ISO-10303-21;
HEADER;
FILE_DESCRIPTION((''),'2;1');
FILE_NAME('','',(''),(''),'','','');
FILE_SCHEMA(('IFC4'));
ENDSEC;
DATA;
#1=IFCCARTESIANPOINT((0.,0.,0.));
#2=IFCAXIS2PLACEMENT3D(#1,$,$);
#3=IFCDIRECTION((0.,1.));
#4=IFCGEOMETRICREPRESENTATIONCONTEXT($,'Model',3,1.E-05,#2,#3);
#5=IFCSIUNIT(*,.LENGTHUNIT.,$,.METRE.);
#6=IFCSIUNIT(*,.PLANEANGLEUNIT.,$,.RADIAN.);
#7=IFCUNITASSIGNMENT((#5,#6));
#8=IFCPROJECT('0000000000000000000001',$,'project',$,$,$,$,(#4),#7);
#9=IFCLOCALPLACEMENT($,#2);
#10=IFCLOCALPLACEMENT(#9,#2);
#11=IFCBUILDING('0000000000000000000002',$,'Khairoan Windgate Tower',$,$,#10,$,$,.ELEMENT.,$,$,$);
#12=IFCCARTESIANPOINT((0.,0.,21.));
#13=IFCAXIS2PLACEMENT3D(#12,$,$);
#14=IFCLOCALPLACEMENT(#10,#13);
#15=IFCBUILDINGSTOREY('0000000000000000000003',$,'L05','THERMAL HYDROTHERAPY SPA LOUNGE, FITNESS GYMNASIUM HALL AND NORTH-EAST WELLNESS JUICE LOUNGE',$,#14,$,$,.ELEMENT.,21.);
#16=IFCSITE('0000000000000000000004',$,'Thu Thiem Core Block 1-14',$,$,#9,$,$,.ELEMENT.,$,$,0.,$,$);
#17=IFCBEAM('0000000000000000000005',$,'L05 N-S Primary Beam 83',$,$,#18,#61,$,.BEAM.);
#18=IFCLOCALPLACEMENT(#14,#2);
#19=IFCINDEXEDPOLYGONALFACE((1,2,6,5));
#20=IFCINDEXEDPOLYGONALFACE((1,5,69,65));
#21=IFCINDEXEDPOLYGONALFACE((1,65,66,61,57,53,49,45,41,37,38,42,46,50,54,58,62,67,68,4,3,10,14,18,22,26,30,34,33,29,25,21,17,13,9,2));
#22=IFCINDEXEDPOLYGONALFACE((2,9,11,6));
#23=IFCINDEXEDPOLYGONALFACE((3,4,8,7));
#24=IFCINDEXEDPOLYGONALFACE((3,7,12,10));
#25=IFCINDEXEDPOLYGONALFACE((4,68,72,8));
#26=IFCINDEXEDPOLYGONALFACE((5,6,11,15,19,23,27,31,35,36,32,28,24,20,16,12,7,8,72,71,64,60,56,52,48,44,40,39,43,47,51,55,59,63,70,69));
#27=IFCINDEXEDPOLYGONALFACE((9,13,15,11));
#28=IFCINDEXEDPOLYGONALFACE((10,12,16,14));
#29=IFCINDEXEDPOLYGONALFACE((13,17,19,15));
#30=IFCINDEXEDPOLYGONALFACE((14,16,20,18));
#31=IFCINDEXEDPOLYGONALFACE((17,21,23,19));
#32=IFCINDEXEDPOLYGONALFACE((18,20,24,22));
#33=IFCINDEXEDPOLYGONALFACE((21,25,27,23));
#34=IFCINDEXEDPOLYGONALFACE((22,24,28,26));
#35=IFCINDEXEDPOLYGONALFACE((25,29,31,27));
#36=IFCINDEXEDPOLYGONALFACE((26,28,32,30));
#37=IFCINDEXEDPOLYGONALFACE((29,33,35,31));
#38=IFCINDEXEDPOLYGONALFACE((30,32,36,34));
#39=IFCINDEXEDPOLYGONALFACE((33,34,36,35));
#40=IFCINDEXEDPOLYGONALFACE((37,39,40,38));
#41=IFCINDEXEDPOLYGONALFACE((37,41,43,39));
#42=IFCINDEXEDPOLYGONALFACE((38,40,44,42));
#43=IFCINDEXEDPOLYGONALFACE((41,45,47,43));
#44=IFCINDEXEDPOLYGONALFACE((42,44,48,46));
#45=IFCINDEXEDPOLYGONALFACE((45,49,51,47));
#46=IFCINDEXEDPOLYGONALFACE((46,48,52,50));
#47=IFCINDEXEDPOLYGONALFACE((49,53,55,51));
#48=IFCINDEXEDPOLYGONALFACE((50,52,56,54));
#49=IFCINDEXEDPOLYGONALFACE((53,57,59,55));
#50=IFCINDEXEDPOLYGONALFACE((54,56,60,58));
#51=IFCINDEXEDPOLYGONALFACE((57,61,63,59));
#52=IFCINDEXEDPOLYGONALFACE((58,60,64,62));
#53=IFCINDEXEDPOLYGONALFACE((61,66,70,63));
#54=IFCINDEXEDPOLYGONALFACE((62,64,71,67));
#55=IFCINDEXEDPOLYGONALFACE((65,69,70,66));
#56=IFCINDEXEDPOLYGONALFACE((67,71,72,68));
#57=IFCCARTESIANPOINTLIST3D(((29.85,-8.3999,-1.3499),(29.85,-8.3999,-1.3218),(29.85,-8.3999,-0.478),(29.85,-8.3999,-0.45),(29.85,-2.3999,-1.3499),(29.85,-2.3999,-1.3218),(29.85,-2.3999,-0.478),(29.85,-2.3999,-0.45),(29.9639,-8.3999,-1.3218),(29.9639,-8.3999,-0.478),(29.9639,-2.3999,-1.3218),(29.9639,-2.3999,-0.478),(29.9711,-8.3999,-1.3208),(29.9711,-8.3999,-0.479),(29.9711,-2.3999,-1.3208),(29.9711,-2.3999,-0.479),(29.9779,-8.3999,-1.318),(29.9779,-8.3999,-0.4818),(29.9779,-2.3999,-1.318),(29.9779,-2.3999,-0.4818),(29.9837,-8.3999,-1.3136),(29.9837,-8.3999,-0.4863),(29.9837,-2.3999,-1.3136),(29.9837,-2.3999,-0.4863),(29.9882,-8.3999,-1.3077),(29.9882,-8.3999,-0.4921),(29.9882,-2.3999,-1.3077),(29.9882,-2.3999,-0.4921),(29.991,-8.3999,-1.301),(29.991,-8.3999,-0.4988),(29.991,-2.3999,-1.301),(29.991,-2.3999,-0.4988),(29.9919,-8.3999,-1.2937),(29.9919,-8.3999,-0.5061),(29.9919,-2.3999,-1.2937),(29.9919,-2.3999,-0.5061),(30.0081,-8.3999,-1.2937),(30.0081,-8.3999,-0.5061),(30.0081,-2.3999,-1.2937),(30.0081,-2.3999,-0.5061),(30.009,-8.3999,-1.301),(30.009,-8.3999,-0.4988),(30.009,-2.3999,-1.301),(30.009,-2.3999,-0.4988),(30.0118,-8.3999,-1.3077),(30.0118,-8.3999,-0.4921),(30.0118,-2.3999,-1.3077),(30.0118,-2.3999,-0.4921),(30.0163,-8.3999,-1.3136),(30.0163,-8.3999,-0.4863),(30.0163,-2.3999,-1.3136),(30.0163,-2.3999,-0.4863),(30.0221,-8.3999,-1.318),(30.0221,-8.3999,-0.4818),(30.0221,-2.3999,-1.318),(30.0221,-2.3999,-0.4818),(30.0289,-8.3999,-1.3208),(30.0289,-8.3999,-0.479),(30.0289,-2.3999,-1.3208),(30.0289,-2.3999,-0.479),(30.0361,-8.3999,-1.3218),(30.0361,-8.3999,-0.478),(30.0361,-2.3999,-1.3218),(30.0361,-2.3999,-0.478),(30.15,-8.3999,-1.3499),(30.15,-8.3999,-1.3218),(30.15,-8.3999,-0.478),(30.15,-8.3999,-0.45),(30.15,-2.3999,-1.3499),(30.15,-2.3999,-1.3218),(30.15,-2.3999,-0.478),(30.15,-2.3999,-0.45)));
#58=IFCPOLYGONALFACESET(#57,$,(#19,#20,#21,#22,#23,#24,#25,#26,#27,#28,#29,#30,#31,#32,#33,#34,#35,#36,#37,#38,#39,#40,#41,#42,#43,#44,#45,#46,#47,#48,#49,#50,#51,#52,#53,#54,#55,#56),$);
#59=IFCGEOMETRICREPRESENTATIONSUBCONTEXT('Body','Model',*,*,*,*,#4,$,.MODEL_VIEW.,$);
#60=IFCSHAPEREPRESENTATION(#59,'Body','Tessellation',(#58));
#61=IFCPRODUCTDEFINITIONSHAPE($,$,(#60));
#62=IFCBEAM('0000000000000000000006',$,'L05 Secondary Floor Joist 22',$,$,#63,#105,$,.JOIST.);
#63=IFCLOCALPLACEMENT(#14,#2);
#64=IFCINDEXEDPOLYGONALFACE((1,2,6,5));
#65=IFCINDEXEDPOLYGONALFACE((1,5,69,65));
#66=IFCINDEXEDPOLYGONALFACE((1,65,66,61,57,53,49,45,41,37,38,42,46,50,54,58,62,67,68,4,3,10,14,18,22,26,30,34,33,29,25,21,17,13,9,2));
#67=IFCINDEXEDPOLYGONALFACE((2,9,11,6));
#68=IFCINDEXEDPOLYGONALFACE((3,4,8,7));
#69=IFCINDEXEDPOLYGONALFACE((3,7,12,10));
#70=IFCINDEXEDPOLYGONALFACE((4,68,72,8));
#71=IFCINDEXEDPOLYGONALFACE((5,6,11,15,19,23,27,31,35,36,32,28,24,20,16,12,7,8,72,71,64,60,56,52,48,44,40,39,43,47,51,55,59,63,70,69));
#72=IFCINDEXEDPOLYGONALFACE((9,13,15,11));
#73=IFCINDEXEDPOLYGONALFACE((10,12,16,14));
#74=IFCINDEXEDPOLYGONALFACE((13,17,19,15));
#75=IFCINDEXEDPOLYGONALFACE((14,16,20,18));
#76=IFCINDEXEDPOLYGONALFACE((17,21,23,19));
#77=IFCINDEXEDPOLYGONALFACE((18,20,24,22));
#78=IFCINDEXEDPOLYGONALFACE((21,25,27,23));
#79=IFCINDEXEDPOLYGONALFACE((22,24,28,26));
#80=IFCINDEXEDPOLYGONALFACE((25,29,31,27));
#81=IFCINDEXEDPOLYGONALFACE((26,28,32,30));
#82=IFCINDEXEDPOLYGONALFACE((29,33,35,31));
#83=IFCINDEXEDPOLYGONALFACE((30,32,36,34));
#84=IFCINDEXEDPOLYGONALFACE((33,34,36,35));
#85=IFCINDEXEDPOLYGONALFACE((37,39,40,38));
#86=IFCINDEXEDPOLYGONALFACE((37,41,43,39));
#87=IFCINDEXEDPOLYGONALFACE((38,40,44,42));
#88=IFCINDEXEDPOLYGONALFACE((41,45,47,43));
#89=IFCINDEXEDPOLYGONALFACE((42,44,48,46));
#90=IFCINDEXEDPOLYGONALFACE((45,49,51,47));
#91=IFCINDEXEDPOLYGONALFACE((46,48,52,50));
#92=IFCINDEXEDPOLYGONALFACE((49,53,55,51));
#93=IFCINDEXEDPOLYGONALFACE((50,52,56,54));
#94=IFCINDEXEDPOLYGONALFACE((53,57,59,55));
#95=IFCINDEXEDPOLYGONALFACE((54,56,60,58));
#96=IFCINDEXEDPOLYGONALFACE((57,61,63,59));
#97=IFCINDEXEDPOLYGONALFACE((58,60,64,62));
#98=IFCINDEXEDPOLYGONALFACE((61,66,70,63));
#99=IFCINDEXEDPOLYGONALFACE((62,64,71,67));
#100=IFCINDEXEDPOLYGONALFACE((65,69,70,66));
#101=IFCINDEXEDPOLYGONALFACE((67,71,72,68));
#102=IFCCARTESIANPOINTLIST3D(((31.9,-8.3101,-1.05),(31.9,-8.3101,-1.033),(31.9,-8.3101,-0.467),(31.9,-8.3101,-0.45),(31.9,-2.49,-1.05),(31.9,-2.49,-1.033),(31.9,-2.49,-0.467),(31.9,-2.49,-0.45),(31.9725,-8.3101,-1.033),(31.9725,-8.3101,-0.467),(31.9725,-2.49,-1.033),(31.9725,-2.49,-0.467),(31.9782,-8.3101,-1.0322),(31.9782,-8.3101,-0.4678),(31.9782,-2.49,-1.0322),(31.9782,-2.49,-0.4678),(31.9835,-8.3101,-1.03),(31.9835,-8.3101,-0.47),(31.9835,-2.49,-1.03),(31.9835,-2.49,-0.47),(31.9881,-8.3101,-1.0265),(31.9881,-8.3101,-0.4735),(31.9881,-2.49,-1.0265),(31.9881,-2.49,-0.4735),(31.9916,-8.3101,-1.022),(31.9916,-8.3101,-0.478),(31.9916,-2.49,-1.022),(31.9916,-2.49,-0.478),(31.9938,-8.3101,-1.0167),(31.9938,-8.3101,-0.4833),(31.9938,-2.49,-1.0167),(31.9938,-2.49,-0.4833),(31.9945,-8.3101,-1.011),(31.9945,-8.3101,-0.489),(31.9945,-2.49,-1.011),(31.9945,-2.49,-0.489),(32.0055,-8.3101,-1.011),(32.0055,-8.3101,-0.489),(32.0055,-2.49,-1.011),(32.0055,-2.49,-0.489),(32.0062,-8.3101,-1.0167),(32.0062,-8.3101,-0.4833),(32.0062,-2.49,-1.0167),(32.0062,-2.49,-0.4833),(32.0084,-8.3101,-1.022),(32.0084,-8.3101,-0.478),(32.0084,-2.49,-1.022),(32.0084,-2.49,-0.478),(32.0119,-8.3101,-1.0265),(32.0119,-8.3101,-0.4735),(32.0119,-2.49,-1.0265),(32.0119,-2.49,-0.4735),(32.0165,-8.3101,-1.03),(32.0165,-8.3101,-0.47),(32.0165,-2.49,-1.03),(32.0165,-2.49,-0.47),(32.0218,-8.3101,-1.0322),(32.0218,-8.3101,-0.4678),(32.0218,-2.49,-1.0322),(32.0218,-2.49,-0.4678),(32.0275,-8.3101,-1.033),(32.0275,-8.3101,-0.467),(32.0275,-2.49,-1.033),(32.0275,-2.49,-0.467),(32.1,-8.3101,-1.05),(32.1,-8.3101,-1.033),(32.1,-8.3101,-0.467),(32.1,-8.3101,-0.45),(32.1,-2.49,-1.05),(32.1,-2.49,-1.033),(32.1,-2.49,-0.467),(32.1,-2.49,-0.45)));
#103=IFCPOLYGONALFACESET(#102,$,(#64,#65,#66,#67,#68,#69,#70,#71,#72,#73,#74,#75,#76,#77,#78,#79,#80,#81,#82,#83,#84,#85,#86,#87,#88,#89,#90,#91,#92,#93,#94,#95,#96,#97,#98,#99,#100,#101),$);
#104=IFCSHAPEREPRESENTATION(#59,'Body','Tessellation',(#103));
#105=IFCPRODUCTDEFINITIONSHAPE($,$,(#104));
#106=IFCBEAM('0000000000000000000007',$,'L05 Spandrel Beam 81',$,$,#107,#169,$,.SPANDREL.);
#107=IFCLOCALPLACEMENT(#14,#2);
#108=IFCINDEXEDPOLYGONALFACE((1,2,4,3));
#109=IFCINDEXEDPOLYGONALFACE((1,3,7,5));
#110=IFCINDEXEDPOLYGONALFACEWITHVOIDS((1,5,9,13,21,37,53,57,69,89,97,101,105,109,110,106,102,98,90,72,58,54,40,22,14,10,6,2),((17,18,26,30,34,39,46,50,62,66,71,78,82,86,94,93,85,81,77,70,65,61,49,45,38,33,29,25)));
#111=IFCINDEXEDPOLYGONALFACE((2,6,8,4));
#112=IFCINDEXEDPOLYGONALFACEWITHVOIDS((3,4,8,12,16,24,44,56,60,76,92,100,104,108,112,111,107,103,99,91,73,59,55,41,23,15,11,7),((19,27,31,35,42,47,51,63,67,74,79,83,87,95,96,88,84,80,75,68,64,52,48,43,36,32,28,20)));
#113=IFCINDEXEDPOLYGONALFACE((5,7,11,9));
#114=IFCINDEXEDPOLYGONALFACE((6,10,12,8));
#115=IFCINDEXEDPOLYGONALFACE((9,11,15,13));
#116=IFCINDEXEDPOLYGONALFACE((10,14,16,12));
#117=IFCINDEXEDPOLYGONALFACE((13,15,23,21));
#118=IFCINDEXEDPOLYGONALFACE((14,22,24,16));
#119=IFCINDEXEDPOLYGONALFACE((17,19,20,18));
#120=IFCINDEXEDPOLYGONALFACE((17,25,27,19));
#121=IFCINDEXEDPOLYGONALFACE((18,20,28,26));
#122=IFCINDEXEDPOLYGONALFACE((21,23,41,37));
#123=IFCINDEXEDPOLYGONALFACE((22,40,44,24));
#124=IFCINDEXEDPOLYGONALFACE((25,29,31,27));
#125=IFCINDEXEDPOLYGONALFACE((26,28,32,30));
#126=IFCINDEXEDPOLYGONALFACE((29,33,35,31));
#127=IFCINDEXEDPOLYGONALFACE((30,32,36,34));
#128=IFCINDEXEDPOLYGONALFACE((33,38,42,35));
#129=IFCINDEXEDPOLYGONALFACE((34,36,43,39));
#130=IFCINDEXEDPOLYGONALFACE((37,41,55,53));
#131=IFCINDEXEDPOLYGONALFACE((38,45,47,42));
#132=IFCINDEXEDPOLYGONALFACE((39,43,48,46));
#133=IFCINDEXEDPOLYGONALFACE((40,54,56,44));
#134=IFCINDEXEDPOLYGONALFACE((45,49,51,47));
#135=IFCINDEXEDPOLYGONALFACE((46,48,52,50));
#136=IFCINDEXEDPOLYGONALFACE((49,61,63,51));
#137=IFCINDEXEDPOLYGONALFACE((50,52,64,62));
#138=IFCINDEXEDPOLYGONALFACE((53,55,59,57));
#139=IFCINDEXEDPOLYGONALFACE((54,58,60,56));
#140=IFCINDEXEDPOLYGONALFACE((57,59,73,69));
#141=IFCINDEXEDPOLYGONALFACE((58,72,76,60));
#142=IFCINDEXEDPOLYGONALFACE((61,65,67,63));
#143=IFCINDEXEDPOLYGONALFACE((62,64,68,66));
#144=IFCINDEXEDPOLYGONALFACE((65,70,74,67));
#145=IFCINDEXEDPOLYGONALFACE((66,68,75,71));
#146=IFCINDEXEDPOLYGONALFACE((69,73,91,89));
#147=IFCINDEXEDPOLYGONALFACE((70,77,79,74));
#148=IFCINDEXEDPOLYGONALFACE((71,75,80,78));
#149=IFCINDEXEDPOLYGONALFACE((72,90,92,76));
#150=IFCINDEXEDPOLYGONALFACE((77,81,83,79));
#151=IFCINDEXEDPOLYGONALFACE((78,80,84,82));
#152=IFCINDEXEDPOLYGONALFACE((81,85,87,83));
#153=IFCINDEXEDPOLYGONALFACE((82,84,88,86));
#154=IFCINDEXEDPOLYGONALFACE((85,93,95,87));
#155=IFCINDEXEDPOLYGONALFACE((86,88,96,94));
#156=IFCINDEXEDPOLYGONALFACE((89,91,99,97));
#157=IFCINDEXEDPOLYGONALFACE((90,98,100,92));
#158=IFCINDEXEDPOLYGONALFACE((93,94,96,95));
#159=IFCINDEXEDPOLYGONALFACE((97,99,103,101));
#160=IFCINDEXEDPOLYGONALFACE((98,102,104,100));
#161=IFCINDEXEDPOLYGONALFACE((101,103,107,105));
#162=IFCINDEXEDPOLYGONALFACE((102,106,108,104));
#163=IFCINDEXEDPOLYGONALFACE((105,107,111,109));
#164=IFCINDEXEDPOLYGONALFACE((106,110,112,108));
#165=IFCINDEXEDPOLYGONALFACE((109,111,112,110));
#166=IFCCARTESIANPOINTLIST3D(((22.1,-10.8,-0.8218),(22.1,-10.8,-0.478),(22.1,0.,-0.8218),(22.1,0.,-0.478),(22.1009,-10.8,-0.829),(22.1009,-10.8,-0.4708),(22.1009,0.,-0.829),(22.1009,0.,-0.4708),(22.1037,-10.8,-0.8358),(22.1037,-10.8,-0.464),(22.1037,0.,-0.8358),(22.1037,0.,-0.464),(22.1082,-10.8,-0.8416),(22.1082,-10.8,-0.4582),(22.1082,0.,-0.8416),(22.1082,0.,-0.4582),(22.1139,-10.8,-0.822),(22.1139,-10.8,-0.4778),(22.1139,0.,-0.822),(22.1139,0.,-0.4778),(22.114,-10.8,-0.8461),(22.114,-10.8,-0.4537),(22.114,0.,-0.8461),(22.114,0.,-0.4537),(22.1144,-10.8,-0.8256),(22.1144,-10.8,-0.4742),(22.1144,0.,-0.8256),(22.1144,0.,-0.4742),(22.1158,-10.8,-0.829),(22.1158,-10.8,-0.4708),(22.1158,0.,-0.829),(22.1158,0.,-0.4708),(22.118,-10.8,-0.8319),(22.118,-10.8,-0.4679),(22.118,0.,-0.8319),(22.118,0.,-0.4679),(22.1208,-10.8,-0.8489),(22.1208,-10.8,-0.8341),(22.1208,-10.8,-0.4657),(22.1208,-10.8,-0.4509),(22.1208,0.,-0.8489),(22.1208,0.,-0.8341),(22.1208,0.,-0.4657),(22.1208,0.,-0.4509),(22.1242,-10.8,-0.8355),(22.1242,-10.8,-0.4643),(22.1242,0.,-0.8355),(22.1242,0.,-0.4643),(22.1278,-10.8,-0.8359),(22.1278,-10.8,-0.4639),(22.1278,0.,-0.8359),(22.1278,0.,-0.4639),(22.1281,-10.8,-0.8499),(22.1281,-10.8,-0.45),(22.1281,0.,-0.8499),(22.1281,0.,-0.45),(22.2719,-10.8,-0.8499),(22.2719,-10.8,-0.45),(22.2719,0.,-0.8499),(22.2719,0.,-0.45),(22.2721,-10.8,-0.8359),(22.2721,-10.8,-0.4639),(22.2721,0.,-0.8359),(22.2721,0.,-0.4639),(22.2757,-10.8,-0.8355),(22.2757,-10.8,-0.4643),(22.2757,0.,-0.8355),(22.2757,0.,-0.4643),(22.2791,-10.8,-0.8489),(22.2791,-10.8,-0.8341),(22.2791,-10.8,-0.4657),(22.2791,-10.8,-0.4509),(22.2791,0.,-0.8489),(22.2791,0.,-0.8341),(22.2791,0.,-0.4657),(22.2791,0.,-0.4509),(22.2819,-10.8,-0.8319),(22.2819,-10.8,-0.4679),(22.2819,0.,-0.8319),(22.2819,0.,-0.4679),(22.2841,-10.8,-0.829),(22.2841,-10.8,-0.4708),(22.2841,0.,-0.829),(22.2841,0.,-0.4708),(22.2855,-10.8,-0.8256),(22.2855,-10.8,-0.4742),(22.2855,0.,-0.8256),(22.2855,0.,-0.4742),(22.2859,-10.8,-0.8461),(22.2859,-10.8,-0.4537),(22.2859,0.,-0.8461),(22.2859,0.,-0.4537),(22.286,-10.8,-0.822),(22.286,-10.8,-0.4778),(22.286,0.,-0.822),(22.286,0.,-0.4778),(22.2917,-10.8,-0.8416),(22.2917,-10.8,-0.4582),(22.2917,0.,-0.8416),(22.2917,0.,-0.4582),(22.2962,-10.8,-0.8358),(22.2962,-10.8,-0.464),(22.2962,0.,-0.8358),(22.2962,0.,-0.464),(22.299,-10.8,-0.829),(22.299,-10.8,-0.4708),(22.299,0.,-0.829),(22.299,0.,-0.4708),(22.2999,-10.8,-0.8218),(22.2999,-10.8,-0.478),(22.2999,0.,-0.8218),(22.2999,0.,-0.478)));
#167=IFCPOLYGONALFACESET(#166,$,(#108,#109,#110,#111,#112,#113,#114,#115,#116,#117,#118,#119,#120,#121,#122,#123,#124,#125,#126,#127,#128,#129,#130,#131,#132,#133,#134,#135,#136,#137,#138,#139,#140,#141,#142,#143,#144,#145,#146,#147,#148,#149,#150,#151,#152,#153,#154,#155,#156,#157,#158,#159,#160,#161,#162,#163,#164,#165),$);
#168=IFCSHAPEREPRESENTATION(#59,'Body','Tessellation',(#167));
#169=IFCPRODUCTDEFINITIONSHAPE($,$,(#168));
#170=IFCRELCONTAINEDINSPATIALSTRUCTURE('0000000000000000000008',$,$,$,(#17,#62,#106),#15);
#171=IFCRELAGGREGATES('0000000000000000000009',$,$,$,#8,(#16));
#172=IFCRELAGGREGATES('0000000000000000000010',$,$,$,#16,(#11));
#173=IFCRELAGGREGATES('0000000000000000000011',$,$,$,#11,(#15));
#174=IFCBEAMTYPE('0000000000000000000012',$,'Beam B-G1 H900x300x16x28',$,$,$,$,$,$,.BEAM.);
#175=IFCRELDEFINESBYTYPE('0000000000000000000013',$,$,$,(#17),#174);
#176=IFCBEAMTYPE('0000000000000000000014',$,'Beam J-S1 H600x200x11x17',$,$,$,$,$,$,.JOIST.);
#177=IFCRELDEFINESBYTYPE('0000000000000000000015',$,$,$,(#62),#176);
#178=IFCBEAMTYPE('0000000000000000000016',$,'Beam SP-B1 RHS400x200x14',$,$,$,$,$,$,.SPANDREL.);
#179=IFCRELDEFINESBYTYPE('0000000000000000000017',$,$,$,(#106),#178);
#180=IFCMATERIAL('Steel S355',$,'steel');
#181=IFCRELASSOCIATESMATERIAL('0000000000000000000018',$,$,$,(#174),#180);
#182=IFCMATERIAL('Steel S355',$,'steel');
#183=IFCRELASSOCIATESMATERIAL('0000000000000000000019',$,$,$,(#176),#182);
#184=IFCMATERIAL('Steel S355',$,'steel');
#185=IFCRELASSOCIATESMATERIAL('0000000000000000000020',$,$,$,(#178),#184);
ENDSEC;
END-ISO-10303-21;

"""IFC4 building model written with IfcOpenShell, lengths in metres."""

from ifc_helpers import new_model, si_unit, direction, frame, origin, origin_2d, place, context, subcontext, project, spatial, hollow_rectangle, i_section, extrude, material, material_profile, profile_set, type_object, element, save


model = new_model("IFC4")

# Units and contexts
model_context = context("Model", 3, precision=1e-05, world=origin(), true_north=direction((0.0, 1.0)))
body_context = subcontext(model_context, "Body", "Model", "MODEL_VIEW")
ifc_project = project(units=[si_unit("LENGTHUNIT", "METRE"), si_unit("PLANEANGLEUNIT", "RADIAN")], contexts=[model_context])

# Site, building, storey
site_placement = place(None, origin())
site = spatial("IfcSite", under=ifc_project, at=site_placement, Name="Thu Thiem Core Block 1-14", CompositionType="ELEMENT", RefElevation=0.0)
building_placement = place(site_placement, origin())
building = spatial("IfcBuilding", under=site, at=building_placement, Name="Khairoan Windgate Tower", CompositionType="ELEMENT")
storey_placement = place(building_placement, frame((0.0, 0.0, 21.0)))
storey = spatial("IfcBuildingStorey", under=building, at=storey_placement, Name="L05", Description="THERMAL HYDROTHERAPY SPA LOUNGE, FITNESS GYMNASIUM HALL AND NORTH-EAST WELLNESS JUICE LOUNGE", CompositionType="ELEMENT", Elevation=21.0)

# Beams
ifc_material_1 = material(Name="Steel S355", Category="steel")
ifc_material_profile_1 = material_profile(ifc_material_1, i_section(OverallWidth=0.3, OverallDepth=0.8999, WebThickness=0.0161, FlangeThickness=0.0281, FilletRadius=0.0281, at=origin_2d()))
ifc_profile_set_1 = profile_set([ifc_material_profile_1], Name="Steel S355")
beam_type_1 = type_object("IfcBeamType", Name="Beam B-G1 H900x300x16x28", PredefinedType="BEAM", material=ifc_profile_set_1)
beam_1_placement = place(storey_placement, frame((30.0, -8.3999, -0.8999), z_axis=(0.0, 1.0, 0.0), x_axis=(-1.0, 0.0, 0.0)))
element("IfcBeam", 1, at=beam_1_placement, inside=storey, type_object=beam_type_1, Name="L05 N-S Primary Beam 83", PredefinedType="BEAM", context=body_context, shape_type="SweptSolid", body=[
    extrude(i_section(OverallWidth=0.3, OverallDepth=0.8999, WebThickness=0.0161, FlangeThickness=0.0281, FilletRadius=0.0281, at=origin_2d()), origin(), (0.0, 0.0, 1.0), 6.0),
])
ifc_material_2 = material(Name="Steel S355", Category="steel")
ifc_material_profile_2 = material_profile(ifc_material_2, i_section(OverallWidth=0.2, OverallDepth=0.6001, WebThickness=0.011, FlangeThickness=0.0171, FilletRadius=0.022, at=origin_2d()))
ifc_profile_set_2 = profile_set([ifc_material_profile_2], Name="Steel S355")
beam_type_2 = type_object("IfcBeamType", Name="Beam J-S1 H600x200x11x17", PredefinedType="JOIST", material=ifc_profile_set_2)
beam_2_placement = place(storey_placement, frame((32.0, -8.3101, -0.75), z_axis=(0.0, 1.0, 0.0), x_axis=(-1.0, 0.0, 0.0)))
element("IfcBeam", 2, at=beam_2_placement, inside=storey, type_object=beam_type_2, Name="L05 Secondary Floor Joist 22", PredefinedType="JOIST", context=body_context, shape_type="SweptSolid", body=[
    extrude(i_section(OverallWidth=0.2, OverallDepth=0.6001, WebThickness=0.011, FlangeThickness=0.0171, FilletRadius=0.022, at=origin_2d()), origin(), (0.0, 0.0, 1.0), 5.8201),
])
ifc_material_3 = material(Name="Steel S355", Category="steel")
ifc_material_profile_3 = material_profile(ifc_material_3, hollow_rectangle(XDim=0.2, YDim=0.3999, WallThickness=0.0139, InnerFilletRadius=0.0139, OuterFilletRadius=0.0281, at=origin_2d()))
ifc_profile_set_3 = profile_set([ifc_material_profile_3], Name="Steel S355")
beam_type_3 = type_object("IfcBeamType", Name="Beam SP-B1 RHS400x200x14", PredefinedType="SPANDREL", material=ifc_profile_set_3)
beam_3_placement = place(storey_placement, frame((22.2, -10.8, -0.6499), z_axis=(0.0, 1.0, 0.0), x_axis=(-1.0, 0.0, 0.0)))
element("IfcBeam", 3, at=beam_3_placement, inside=storey, type_object=beam_type_3, Name="L05 Spandrel Beam 81", PredefinedType="SPANDREL", context=body_context, shape_type="SweptSolid", body=[
    extrude(hollow_rectangle(XDim=0.2, YDim=0.3999, WallThickness=0.0139, InnerFilletRadius=0.0139, OuterFilletRadius=0.0281, at=origin_2d()), origin(), (0.0, 0.0, 1.0), 10.8),
])

save(model, "model.ifc")
